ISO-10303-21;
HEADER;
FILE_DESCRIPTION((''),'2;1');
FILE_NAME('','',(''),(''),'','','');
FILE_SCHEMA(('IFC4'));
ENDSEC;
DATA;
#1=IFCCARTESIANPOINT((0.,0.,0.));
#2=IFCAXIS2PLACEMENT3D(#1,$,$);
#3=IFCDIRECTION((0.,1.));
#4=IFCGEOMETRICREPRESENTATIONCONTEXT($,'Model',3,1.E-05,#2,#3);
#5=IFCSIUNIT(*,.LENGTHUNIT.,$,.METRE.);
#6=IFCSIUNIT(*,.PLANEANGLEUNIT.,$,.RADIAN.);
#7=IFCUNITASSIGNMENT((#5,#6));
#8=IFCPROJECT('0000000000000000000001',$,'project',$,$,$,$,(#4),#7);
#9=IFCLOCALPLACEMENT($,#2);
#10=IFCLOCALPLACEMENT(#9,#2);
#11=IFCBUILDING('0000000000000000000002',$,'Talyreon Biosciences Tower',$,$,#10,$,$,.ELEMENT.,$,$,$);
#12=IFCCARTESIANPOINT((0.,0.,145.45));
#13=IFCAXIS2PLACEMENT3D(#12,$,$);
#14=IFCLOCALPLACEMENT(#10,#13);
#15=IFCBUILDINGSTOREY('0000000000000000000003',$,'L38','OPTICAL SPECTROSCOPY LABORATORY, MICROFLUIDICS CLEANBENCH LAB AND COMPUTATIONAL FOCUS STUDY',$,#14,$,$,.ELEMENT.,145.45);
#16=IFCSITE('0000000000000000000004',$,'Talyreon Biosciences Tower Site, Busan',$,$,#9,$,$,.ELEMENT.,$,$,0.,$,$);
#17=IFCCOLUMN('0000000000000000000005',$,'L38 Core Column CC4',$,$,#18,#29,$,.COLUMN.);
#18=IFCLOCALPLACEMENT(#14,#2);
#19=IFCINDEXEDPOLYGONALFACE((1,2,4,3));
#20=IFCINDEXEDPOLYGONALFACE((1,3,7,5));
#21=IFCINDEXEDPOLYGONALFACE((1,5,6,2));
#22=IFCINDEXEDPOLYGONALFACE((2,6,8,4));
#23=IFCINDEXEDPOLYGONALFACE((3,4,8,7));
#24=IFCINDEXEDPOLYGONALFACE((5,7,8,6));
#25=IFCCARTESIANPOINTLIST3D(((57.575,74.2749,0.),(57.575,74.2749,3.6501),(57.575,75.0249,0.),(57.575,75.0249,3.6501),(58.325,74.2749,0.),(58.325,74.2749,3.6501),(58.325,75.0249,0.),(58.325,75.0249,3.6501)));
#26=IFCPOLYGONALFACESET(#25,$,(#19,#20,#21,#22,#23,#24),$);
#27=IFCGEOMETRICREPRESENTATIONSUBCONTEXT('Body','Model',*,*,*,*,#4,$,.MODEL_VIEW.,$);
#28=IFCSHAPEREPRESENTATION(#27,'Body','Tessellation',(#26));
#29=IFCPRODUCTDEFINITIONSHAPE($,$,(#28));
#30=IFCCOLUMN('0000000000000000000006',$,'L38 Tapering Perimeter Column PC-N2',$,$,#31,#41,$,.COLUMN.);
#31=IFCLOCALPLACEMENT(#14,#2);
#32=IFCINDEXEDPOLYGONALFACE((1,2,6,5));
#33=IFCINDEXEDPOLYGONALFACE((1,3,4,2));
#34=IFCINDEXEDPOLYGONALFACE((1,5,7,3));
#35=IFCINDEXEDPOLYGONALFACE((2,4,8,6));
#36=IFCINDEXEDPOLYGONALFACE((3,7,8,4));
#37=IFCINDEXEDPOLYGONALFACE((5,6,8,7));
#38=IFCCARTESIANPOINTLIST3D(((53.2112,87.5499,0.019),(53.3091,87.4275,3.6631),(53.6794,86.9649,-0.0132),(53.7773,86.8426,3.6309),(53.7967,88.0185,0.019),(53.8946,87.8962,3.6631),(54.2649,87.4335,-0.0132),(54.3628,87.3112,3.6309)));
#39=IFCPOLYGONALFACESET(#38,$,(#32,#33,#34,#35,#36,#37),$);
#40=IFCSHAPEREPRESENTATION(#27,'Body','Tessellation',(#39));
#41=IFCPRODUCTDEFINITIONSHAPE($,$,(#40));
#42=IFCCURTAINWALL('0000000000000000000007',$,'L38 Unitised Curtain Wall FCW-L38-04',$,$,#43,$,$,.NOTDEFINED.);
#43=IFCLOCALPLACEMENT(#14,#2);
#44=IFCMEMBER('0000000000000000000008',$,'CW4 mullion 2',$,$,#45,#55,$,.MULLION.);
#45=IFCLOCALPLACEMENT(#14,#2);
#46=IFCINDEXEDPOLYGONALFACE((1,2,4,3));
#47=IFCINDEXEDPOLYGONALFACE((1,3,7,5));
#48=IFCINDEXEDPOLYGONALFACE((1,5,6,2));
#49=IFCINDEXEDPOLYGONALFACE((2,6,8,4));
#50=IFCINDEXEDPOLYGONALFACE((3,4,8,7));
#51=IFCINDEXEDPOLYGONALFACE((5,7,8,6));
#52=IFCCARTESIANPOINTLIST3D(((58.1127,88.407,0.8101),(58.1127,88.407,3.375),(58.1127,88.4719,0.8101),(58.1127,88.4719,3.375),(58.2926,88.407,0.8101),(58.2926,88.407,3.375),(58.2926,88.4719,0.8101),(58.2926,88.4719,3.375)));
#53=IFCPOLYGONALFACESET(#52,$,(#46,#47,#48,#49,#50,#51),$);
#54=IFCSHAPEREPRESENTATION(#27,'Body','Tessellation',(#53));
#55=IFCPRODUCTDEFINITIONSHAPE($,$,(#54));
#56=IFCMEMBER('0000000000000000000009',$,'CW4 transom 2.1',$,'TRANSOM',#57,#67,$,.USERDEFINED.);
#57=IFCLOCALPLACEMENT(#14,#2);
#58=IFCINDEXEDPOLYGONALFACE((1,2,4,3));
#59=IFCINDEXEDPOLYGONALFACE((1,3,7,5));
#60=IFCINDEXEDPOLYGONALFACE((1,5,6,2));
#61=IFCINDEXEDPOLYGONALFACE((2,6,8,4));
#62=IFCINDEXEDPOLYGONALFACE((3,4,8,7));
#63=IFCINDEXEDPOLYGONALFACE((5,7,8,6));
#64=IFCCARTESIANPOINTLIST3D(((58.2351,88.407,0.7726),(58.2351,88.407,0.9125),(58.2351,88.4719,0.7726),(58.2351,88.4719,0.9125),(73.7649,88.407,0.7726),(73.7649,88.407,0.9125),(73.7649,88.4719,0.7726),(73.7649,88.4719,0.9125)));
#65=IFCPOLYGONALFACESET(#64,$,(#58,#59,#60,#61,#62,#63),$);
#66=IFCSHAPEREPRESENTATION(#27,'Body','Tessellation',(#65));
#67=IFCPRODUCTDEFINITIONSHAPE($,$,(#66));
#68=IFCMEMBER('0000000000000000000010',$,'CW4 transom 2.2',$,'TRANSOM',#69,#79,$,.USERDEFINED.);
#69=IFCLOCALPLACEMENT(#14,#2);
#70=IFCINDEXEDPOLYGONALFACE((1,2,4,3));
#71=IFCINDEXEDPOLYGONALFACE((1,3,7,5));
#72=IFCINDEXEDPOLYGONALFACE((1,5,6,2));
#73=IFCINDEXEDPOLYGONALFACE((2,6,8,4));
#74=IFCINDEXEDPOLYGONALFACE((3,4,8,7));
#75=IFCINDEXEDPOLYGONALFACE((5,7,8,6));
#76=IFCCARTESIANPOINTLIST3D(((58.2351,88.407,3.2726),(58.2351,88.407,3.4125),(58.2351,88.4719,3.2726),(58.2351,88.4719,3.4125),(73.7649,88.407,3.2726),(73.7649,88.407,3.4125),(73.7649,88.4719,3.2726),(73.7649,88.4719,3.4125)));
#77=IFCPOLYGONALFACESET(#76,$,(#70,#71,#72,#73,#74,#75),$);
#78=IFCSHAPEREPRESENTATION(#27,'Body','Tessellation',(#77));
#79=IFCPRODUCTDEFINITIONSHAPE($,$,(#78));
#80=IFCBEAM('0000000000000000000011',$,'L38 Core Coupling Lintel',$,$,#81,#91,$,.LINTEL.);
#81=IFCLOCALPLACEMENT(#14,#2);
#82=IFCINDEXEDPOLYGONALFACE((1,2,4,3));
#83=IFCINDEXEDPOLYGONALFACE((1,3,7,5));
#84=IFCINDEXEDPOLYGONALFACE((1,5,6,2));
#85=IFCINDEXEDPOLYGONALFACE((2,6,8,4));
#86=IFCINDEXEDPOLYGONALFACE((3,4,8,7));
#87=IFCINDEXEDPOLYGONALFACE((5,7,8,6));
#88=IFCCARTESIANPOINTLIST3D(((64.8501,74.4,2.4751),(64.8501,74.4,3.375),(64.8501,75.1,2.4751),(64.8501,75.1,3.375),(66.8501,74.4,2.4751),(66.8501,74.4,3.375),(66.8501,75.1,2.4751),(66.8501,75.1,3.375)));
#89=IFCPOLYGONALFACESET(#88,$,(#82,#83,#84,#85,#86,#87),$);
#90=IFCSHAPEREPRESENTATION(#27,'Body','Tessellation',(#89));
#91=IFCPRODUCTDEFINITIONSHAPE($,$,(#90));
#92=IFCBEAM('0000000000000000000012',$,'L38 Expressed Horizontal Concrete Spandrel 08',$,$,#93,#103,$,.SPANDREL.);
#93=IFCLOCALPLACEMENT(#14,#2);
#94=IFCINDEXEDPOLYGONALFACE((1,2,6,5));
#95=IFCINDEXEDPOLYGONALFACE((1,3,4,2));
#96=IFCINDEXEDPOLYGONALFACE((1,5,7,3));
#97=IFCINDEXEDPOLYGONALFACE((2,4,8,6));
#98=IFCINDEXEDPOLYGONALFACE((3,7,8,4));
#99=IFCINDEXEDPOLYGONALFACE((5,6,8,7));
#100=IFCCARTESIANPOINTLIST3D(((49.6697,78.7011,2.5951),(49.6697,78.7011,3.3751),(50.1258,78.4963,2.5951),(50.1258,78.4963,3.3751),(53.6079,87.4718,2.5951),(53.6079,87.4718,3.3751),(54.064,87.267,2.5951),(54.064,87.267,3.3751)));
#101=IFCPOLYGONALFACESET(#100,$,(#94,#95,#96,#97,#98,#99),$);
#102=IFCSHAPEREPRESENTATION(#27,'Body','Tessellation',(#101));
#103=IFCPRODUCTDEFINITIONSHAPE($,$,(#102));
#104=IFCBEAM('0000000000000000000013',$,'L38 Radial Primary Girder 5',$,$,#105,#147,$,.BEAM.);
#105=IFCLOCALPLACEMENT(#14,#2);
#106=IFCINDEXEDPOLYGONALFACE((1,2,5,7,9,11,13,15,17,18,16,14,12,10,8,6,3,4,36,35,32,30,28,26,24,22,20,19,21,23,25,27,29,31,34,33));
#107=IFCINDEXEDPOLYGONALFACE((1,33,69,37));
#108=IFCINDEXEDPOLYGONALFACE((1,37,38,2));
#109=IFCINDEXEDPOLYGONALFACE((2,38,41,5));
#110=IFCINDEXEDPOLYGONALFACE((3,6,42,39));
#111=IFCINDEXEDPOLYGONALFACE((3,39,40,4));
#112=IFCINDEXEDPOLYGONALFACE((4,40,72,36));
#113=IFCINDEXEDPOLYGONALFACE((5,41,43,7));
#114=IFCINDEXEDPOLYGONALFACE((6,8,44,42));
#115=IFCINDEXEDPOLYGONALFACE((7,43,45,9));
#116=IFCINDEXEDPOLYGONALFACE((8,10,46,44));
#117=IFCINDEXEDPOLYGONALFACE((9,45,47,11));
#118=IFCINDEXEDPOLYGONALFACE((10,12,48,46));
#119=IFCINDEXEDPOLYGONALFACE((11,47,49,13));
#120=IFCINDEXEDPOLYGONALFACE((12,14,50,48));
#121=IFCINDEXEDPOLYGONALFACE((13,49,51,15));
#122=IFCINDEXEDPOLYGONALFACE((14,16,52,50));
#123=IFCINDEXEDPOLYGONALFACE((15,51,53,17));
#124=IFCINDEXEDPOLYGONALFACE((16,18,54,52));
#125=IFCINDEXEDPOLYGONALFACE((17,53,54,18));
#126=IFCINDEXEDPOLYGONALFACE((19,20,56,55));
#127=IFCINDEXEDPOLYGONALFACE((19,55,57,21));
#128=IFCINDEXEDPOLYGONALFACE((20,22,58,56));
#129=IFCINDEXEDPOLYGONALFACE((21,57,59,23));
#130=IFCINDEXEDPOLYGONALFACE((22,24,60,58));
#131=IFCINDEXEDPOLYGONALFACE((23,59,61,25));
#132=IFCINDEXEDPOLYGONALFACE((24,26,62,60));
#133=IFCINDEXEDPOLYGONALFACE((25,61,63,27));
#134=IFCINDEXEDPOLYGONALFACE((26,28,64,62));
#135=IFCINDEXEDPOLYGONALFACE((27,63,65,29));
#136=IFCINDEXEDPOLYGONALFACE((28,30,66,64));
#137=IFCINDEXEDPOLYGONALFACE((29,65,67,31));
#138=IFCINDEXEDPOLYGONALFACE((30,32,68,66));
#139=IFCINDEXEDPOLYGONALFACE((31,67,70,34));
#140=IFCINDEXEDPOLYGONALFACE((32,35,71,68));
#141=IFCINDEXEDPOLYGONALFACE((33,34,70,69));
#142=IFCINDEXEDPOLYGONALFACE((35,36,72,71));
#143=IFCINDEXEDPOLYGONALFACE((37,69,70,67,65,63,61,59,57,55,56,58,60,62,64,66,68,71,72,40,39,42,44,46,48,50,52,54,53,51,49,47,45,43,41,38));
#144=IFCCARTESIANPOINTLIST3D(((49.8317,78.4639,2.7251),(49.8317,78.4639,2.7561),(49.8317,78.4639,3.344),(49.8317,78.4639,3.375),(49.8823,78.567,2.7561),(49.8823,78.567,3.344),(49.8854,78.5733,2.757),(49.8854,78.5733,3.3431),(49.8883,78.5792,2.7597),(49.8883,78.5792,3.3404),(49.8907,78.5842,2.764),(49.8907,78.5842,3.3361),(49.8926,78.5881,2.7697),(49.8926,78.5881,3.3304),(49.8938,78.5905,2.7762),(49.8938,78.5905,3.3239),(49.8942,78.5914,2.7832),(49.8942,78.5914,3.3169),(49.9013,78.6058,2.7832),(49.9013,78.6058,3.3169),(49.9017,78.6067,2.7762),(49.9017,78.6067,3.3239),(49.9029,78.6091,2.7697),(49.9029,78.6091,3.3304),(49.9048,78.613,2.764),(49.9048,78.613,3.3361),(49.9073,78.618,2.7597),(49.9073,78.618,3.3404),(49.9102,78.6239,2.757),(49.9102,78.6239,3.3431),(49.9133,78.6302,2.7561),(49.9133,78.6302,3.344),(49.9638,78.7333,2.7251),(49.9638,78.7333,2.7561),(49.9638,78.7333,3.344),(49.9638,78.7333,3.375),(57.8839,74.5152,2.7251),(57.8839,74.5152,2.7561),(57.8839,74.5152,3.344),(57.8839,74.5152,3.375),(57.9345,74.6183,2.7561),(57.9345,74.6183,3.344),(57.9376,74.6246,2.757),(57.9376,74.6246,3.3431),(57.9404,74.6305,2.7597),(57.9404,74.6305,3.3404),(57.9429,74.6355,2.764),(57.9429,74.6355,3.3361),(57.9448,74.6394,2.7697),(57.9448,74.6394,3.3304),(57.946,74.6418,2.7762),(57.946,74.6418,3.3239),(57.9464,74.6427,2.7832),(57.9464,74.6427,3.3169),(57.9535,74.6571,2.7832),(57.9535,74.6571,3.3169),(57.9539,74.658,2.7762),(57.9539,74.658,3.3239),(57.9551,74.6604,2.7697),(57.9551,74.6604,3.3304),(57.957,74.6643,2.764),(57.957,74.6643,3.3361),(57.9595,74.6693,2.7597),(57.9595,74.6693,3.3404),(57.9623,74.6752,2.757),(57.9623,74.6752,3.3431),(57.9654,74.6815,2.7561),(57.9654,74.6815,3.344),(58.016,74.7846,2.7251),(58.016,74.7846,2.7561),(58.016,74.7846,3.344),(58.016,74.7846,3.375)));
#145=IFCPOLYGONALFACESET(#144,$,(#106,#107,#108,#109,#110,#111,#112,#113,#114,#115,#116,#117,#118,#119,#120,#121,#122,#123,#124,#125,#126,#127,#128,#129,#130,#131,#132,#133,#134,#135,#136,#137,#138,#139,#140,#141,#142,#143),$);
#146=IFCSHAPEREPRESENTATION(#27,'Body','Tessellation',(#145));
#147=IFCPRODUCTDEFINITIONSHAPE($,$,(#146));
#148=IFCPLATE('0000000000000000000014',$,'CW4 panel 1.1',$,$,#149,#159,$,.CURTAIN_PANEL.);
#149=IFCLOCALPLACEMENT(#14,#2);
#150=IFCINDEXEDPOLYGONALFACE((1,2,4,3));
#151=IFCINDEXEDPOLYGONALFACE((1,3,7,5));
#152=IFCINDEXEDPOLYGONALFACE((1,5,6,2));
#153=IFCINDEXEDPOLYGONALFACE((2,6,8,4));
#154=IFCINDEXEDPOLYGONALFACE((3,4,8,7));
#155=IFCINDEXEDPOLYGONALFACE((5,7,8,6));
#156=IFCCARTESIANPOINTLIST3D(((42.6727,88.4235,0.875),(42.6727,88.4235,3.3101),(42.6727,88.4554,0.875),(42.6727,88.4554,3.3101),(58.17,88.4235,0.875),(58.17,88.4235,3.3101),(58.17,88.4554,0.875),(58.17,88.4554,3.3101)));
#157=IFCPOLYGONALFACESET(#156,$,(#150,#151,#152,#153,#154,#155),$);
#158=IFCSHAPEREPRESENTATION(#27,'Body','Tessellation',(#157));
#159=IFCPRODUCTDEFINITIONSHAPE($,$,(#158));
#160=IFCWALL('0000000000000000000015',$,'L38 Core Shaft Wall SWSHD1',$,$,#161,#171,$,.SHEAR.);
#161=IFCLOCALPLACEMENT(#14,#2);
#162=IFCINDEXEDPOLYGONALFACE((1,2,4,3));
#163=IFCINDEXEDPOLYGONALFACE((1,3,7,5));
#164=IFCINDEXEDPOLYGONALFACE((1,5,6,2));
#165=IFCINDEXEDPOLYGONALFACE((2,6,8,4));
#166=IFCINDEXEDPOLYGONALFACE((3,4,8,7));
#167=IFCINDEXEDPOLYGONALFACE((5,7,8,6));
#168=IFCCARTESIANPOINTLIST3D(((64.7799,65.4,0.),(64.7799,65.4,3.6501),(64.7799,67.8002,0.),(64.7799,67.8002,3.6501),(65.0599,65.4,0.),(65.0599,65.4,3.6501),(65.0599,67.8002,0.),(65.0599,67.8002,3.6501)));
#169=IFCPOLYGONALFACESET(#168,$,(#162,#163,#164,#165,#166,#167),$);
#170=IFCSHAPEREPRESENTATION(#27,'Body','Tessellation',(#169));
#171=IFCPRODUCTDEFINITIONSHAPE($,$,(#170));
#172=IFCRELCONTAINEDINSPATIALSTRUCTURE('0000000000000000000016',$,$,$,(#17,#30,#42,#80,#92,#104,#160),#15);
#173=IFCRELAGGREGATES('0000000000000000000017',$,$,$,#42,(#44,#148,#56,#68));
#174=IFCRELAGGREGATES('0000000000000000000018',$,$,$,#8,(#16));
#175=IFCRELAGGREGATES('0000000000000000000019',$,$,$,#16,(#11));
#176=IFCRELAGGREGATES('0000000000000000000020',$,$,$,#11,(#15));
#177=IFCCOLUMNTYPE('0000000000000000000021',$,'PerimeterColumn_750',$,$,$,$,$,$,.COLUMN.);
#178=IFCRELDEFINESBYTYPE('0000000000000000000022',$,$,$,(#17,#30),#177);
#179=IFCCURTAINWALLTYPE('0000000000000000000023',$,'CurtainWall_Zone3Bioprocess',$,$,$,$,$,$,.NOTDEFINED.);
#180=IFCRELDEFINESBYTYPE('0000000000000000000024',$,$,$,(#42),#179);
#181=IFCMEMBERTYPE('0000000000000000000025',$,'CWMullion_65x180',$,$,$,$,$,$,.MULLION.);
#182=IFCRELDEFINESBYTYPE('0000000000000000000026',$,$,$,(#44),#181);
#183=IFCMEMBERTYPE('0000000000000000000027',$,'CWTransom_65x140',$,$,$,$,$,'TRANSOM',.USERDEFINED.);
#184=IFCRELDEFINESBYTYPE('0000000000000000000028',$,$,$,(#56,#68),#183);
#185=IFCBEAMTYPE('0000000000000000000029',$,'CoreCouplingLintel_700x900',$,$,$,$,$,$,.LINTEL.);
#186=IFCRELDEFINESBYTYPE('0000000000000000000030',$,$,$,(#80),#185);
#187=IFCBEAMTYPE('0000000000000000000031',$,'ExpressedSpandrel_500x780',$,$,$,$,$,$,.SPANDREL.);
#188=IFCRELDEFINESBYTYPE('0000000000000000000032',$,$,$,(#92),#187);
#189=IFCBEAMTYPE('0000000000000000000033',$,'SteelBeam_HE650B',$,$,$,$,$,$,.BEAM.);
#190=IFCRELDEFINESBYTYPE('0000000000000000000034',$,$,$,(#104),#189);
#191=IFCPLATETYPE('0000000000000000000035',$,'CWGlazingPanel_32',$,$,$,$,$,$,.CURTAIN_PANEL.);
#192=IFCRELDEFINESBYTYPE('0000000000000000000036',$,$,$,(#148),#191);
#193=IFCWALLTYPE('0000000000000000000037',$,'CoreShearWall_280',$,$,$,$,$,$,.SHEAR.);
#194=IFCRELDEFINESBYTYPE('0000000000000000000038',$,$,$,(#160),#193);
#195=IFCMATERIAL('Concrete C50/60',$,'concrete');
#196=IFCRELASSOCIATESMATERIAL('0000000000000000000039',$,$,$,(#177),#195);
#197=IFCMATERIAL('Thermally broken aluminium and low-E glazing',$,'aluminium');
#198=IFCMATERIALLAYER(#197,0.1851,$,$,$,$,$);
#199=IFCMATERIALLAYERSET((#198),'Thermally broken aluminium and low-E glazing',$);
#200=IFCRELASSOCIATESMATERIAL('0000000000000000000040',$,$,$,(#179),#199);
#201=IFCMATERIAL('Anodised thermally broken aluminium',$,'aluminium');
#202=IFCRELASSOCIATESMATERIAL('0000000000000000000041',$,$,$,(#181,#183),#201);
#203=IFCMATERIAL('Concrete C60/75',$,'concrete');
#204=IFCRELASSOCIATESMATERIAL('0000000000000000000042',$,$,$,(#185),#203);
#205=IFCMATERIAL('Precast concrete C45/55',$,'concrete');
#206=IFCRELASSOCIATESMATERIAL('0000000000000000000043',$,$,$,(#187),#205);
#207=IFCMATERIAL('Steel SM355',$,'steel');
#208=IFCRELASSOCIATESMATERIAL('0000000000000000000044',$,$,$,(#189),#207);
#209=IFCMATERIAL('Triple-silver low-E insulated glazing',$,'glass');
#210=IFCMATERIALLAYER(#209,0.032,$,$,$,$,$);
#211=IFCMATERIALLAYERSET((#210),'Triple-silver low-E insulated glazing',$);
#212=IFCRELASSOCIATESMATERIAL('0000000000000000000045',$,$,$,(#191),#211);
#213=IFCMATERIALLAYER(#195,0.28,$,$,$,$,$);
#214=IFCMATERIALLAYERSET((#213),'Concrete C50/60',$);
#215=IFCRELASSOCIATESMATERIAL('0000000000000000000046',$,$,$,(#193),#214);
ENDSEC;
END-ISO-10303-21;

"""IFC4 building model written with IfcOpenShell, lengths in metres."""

from ifc_helpers import new_model, si_unit, direction, frame, frame_2d, origin, origin_2d, place, context, subcontext, project, spatial, rectangle, i_section, extrude, material, layer, layer_set, material_profile, profile_set, type_object, element, aggregate, save


model = new_model("IFC4")

# Units and contexts
model_context = context("Model", 3, precision=1e-05, world=origin(), true_north=direction((0.0, 1.0)))
body_context = subcontext(model_context, "Body", "Model", "MODEL_VIEW")
ifc_project = project(units=[si_unit("LENGTHUNIT", "METRE"), si_unit("PLANEANGLEUNIT", "RADIAN")], contexts=[model_context])

# Site, building, storey
site_placement = place(None, origin())
site = spatial("IfcSite", under=ifc_project, at=site_placement, Name="Talyreon Biosciences Tower Site, Busan", CompositionType="ELEMENT", RefElevation=0.0)
building_placement = place(site_placement, origin())
building = spatial("IfcBuilding", under=site, at=building_placement, Name="Talyreon Biosciences Tower", CompositionType="ELEMENT")
storey_placement = place(building_placement, frame((0.0, 0.0, 145.45)))
storey = spatial("IfcBuildingStorey", under=building, at=storey_placement, Name="L38", Description="OPTICAL SPECTROSCOPY LABORATORY, MICROFLUIDICS CLEANBENCH LAB AND COMPUTATIONAL FOCUS STUDY", CompositionType="ELEMENT", Elevation=145.45)

# Columns
ifc_material_1 = material(Name="Concrete C50/60", Category="concrete")
ifc_material_profile_1 = material_profile(ifc_material_1, rectangle(XDim=0.75, YDim=0.75, at=origin_2d()), Name="RC 750x750")
ifc_profile_set_1 = profile_set([ifc_material_profile_1], Name="Concrete C50/60")
column_type = type_object("IfcColumnType", Name="PerimeterColumn_750", PredefinedType="COLUMN", material=ifc_profile_set_1)
column_1_placement = place(storey_placement, frame((57.95, 74.6499, 0.0), z_axis=(0.0, 0.0, 1.0), x_axis=(1.0, 0.0, 0.0)))
element("IfcColumn", 1, at=column_1_placement, inside=storey, type_object=column_type, Name="L38 Core Column CC4", PredefinedType="COLUMN", context=body_context, shape_type="SweptSolid", body=[
    extrude(rectangle(XDim=0.75, YDim=0.75, at=origin_2d()), origin(), (0.0, 0.0, 1.0), 3.6501),
])
column_2_placement = place(storey_placement, frame((53.738, 87.4917, 0.0029), z_axis=(0.026841, -0.033535, 0.999077), x_axis=(-0.780717, -0.624885, 0.0)))
element("IfcColumn", 2, at=column_2_placement, inside=storey, type_object=column_type, Name="L38 Tapering Perimeter Column PC-N2", PredefinedType="COLUMN", context=body_context, shape_type="SweptSolid", body=[
    extrude(rectangle(XDim=0.75, YDim=0.75, at=origin_2d()), origin(), (0.0, 0.0, 1.0), 3.6475),
])

# Curtain wall, members
ifc_material_2 = material(Name="Thermally broken aluminium and low-E glazing", Category="aluminium")
ifc_layer_1 = layer(ifc_material_2, 0.1851)
ifc_layer_set_1 = layer_set([ifc_layer_1], Name="Thermally broken aluminium and low-E glazing")
curtain_wall_type = type_object("IfcCurtainWallType", Name="CurtainWall_Zone3Bioprocess", PredefinedType="NOTDEFINED", material=ifc_layer_set_1)
curtain_wall_placement = place(storey_placement, origin())
curtain_wall = element("IfcCurtainWall", 3, at=curtain_wall_placement, inside=storey, type_object=curtain_wall_type, Name="L38 Unitised Curtain Wall FCW-L38-04", PredefinedType="NOTDEFINED")
ifc_material_3 = material(Name="Anodised thermally broken aluminium", Category="aluminium")
ifc_material_profile_2 = material_profile(ifc_material_3, rectangle(XDim=0.0649, YDim=0.1799, at=origin_2d()), Name="ALUM MULLION 65x180")
ifc_profile_set_2 = profile_set([ifc_material_profile_2], Name="Anodised thermally broken aluminium")
member_type_1 = type_object("IfcMemberType", Name="CWMullion_65x180", PredefinedType="MULLION", material=ifc_profile_set_2)
member_1_placement = place(storey_placement, frame((58.2026, 88.4395, 0.8101), z_axis=(0.0, 0.0, 1.0), x_axis=(0.0, 1.0, 0.0)))
member_1 = element("IfcMember", 4, at=member_1_placement, type_object=member_type_1, Name="CW4 mullion 2", PredefinedType="MULLION", context=body_context, shape_type="SweptSolid", body=[
    extrude(rectangle(XDim=0.0649, YDim=0.1799, at=origin_2d()), origin(), (0.0, 0.0, 1.0), 2.5649),
])
ifc_material_profile_3 = material_profile(ifc_material_3, rectangle(XDim=0.0649, YDim=0.1399, at=origin_2d()), Name="ALUM TRANSOM 65x140")
ifc_profile_set_3 = profile_set([ifc_material_profile_3], Name="Anodised thermally broken aluminium")
member_type_2 = type_object("IfcMemberType", Name="CWTransom_65x140", ElementType="TRANSOM", PredefinedType="USERDEFINED", material=ifc_profile_set_3)
member_2_placement = place(storey_placement, frame((58.2351, 88.4395, 0.8425), z_axis=(1.0, 0.0, 0.0), x_axis=(0.0, 1.0, 0.0)))
member_2 = element("IfcMember", 5, at=member_2_placement, type_object=member_type_2, Name="CW4 transom 2.1", ObjectType="TRANSOM", PredefinedType="USERDEFINED", context=body_context, shape_type="SweptSolid", body=[
    extrude(rectangle(XDim=0.0649, YDim=0.1399, at=origin_2d()), origin(), (0.0, 0.0, 1.0), 15.5298),
])
member_3_placement = place(storey_placement, frame((58.2351, 88.4395, 3.3425), z_axis=(1.0, 0.0, 0.0), x_axis=(0.0, 1.0, 0.0)))
member_3 = element("IfcMember", 6, at=member_3_placement, type_object=member_type_2, Name="CW4 transom 2.2", ObjectType="TRANSOM", PredefinedType="USERDEFINED", context=body_context, shape_type="SweptSolid", body=[
    extrude(rectangle(XDim=0.0649, YDim=0.1399, at=origin_2d()), origin(), (0.0, 0.0, 1.0), 15.5298),
])

# Beams
ifc_material_4 = material(Name="Concrete C60/75", Category="concrete")
ifc_material_profile_4 = material_profile(ifc_material_4, rectangle(XDim=0.7, YDim=0.8999, at=origin_2d()), Name="RCB 700x900")
ifc_profile_set_4 = profile_set([ifc_material_profile_4], Name="Concrete C60/75")
beam_type_1 = type_object("IfcBeamType", Name="CoreCouplingLintel_700x900", PredefinedType="LINTEL", material=ifc_profile_set_4)
beam_1_placement = place(storey_placement, frame((64.8501, 74.75, 2.925), z_axis=(1.0, 0.0, 0.0), x_axis=(0.0, 1.0, 0.0)))
element("IfcBeam", 7, at=beam_1_placement, inside=storey, type_object=beam_type_1, Name="L38 Core Coupling Lintel", PredefinedType="LINTEL", context=body_context, shape_type="SweptSolid", body=[
    extrude(rectangle(XDim=0.7, YDim=0.8999, at=origin_2d()), origin(), (0.0, 0.0, 1.0), 2.0),
])
ifc_material_5 = material(Name="Precast concrete C45/55", Category="concrete")
ifc_material_profile_5 = material_profile(ifc_material_5, rectangle(XDim=0.5, YDim=0.78, at=origin_2d()), Name="RCB 500x780")
ifc_profile_set_5 = profile_set([ifc_material_profile_5], Name="Precast concrete C45/55")
beam_type_2 = type_object("IfcBeamType", Name="ExpressedSpandrel_500x780", PredefinedType="SPANDREL", material=ifc_profile_set_5)
beam_2_placement = place(storey_placement, frame((53.8359, 87.3694, 2.9851), z_axis=(-0.40962, -0.912256, 0.0), x_axis=(0.912256, -0.40962, 0.0)))
element("IfcBeam", 8, at=beam_2_placement, inside=storey, type_object=beam_type_2, Name="L38 Expressed Horizontal Concrete Spandrel 08", PredefinedType="SPANDREL", context=body_context, shape_type="SweptSolid", body=[
    extrude(rectangle(XDim=0.5, YDim=0.78, at=origin_2d()), origin(), (0.0, 0.0, 1.0), 9.6143),
])
ifc_material_6 = material(Name="Steel SM355", Category="steel")
ifc_material_profile_6 = material_profile(ifc_material_6, i_section(OverallWidth=0.3, OverallDepth=0.6499, WebThickness=0.0161, FlangeThickness=0.031, FilletRadius=0.0271, at=origin_2d()), Name="HE650B")
ifc_profile_set_6 = profile_set([ifc_material_profile_6], Name="Steel SM355")
beam_type_3 = type_object("IfcBeamType", Name="SteelBeam_HE650B", PredefinedType="BEAM", material=ifc_profile_set_6)
beam_3_placement = place(storey_placement, frame((57.95, 74.6499, 3.05), z_axis=(-0.897852, 0.440297, 0.0), x_axis=(-0.440297, -0.897852, 0.0)))
element("IfcBeam", 9, at=beam_3_placement, inside=storey, type_object=beam_type_3, Name="L38 Radial Primary Girder 5", PredefinedType="BEAM", context=body_context, shape_type="SweptSolid", body=[
    extrude(i_section(OverallWidth=0.3, OverallDepth=0.6499, WebThickness=0.0161, FlangeThickness=0.031, FilletRadius=0.0271, at=origin_2d()), origin(), (0.0, 0.0, 1.0), 8.9683),
])

# Plate
ifc_material_7 = material(Name="Triple-silver low-E insulated glazing", Category="glass")
ifc_layer_2 = layer(ifc_material_7, 0.032)
ifc_layer_set_2 = layer_set([ifc_layer_2], Name="Triple-silver low-E insulated glazing")
plate_type = type_object("IfcPlateType", Name="CWGlazingPanel_32", PredefinedType="CURTAIN_PANEL", material=ifc_layer_set_2)
plate_placement = place(storey_placement, frame((50.4214, 88.4395, 0.875), z_axis=(0.0, 0.0, 1.0), x_axis=(1.0, 0.0, 0.0)))
plate = element("IfcPlate", 10, at=plate_placement, type_object=plate_type, Name="CW4 panel 1.1", PredefinedType="CURTAIN_PANEL", context=body_context, shape_type="SweptSolid", body=[
    extrude(rectangle(XDim=15.4973, YDim=0.032, at=origin_2d()), origin(), (0.0, 0.0, 1.0), 2.4351),
])
aggregate(curtain_wall, [member_1, plate, member_2, member_3])

# Wall
ifc_layer_3 = layer(ifc_material_1, 0.28)
ifc_layer_set_3 = layer_set([ifc_layer_3], Name="Concrete C50/60")
wall_type_1 = type_object("IfcWallType", Name="CoreShearWall_280", PredefinedType="SHEAR", material=ifc_layer_set_3)
wall_1_placement = place(storey_placement, frame((64.9199, 65.3999, 0.0), z_axis=(0.0, 0.0, 1.0), x_axis=(0.0, 1.0, 0.0)))
element("IfcWall", 11, at=wall_1_placement, inside=storey, type_object=wall_type_1, Name="L38 Core Shaft Wall SWSHD1", PredefinedType="SHEAR", context=body_context, shape_type="SweptSolid", body=[
    extrude(rectangle(XDim=2.4001, YDim=0.28, at=frame_2d((1.2002, 0.0))), origin(), (0.0, 0.0, 1.0), 3.6501),
])

save(model, "model.ifc")
